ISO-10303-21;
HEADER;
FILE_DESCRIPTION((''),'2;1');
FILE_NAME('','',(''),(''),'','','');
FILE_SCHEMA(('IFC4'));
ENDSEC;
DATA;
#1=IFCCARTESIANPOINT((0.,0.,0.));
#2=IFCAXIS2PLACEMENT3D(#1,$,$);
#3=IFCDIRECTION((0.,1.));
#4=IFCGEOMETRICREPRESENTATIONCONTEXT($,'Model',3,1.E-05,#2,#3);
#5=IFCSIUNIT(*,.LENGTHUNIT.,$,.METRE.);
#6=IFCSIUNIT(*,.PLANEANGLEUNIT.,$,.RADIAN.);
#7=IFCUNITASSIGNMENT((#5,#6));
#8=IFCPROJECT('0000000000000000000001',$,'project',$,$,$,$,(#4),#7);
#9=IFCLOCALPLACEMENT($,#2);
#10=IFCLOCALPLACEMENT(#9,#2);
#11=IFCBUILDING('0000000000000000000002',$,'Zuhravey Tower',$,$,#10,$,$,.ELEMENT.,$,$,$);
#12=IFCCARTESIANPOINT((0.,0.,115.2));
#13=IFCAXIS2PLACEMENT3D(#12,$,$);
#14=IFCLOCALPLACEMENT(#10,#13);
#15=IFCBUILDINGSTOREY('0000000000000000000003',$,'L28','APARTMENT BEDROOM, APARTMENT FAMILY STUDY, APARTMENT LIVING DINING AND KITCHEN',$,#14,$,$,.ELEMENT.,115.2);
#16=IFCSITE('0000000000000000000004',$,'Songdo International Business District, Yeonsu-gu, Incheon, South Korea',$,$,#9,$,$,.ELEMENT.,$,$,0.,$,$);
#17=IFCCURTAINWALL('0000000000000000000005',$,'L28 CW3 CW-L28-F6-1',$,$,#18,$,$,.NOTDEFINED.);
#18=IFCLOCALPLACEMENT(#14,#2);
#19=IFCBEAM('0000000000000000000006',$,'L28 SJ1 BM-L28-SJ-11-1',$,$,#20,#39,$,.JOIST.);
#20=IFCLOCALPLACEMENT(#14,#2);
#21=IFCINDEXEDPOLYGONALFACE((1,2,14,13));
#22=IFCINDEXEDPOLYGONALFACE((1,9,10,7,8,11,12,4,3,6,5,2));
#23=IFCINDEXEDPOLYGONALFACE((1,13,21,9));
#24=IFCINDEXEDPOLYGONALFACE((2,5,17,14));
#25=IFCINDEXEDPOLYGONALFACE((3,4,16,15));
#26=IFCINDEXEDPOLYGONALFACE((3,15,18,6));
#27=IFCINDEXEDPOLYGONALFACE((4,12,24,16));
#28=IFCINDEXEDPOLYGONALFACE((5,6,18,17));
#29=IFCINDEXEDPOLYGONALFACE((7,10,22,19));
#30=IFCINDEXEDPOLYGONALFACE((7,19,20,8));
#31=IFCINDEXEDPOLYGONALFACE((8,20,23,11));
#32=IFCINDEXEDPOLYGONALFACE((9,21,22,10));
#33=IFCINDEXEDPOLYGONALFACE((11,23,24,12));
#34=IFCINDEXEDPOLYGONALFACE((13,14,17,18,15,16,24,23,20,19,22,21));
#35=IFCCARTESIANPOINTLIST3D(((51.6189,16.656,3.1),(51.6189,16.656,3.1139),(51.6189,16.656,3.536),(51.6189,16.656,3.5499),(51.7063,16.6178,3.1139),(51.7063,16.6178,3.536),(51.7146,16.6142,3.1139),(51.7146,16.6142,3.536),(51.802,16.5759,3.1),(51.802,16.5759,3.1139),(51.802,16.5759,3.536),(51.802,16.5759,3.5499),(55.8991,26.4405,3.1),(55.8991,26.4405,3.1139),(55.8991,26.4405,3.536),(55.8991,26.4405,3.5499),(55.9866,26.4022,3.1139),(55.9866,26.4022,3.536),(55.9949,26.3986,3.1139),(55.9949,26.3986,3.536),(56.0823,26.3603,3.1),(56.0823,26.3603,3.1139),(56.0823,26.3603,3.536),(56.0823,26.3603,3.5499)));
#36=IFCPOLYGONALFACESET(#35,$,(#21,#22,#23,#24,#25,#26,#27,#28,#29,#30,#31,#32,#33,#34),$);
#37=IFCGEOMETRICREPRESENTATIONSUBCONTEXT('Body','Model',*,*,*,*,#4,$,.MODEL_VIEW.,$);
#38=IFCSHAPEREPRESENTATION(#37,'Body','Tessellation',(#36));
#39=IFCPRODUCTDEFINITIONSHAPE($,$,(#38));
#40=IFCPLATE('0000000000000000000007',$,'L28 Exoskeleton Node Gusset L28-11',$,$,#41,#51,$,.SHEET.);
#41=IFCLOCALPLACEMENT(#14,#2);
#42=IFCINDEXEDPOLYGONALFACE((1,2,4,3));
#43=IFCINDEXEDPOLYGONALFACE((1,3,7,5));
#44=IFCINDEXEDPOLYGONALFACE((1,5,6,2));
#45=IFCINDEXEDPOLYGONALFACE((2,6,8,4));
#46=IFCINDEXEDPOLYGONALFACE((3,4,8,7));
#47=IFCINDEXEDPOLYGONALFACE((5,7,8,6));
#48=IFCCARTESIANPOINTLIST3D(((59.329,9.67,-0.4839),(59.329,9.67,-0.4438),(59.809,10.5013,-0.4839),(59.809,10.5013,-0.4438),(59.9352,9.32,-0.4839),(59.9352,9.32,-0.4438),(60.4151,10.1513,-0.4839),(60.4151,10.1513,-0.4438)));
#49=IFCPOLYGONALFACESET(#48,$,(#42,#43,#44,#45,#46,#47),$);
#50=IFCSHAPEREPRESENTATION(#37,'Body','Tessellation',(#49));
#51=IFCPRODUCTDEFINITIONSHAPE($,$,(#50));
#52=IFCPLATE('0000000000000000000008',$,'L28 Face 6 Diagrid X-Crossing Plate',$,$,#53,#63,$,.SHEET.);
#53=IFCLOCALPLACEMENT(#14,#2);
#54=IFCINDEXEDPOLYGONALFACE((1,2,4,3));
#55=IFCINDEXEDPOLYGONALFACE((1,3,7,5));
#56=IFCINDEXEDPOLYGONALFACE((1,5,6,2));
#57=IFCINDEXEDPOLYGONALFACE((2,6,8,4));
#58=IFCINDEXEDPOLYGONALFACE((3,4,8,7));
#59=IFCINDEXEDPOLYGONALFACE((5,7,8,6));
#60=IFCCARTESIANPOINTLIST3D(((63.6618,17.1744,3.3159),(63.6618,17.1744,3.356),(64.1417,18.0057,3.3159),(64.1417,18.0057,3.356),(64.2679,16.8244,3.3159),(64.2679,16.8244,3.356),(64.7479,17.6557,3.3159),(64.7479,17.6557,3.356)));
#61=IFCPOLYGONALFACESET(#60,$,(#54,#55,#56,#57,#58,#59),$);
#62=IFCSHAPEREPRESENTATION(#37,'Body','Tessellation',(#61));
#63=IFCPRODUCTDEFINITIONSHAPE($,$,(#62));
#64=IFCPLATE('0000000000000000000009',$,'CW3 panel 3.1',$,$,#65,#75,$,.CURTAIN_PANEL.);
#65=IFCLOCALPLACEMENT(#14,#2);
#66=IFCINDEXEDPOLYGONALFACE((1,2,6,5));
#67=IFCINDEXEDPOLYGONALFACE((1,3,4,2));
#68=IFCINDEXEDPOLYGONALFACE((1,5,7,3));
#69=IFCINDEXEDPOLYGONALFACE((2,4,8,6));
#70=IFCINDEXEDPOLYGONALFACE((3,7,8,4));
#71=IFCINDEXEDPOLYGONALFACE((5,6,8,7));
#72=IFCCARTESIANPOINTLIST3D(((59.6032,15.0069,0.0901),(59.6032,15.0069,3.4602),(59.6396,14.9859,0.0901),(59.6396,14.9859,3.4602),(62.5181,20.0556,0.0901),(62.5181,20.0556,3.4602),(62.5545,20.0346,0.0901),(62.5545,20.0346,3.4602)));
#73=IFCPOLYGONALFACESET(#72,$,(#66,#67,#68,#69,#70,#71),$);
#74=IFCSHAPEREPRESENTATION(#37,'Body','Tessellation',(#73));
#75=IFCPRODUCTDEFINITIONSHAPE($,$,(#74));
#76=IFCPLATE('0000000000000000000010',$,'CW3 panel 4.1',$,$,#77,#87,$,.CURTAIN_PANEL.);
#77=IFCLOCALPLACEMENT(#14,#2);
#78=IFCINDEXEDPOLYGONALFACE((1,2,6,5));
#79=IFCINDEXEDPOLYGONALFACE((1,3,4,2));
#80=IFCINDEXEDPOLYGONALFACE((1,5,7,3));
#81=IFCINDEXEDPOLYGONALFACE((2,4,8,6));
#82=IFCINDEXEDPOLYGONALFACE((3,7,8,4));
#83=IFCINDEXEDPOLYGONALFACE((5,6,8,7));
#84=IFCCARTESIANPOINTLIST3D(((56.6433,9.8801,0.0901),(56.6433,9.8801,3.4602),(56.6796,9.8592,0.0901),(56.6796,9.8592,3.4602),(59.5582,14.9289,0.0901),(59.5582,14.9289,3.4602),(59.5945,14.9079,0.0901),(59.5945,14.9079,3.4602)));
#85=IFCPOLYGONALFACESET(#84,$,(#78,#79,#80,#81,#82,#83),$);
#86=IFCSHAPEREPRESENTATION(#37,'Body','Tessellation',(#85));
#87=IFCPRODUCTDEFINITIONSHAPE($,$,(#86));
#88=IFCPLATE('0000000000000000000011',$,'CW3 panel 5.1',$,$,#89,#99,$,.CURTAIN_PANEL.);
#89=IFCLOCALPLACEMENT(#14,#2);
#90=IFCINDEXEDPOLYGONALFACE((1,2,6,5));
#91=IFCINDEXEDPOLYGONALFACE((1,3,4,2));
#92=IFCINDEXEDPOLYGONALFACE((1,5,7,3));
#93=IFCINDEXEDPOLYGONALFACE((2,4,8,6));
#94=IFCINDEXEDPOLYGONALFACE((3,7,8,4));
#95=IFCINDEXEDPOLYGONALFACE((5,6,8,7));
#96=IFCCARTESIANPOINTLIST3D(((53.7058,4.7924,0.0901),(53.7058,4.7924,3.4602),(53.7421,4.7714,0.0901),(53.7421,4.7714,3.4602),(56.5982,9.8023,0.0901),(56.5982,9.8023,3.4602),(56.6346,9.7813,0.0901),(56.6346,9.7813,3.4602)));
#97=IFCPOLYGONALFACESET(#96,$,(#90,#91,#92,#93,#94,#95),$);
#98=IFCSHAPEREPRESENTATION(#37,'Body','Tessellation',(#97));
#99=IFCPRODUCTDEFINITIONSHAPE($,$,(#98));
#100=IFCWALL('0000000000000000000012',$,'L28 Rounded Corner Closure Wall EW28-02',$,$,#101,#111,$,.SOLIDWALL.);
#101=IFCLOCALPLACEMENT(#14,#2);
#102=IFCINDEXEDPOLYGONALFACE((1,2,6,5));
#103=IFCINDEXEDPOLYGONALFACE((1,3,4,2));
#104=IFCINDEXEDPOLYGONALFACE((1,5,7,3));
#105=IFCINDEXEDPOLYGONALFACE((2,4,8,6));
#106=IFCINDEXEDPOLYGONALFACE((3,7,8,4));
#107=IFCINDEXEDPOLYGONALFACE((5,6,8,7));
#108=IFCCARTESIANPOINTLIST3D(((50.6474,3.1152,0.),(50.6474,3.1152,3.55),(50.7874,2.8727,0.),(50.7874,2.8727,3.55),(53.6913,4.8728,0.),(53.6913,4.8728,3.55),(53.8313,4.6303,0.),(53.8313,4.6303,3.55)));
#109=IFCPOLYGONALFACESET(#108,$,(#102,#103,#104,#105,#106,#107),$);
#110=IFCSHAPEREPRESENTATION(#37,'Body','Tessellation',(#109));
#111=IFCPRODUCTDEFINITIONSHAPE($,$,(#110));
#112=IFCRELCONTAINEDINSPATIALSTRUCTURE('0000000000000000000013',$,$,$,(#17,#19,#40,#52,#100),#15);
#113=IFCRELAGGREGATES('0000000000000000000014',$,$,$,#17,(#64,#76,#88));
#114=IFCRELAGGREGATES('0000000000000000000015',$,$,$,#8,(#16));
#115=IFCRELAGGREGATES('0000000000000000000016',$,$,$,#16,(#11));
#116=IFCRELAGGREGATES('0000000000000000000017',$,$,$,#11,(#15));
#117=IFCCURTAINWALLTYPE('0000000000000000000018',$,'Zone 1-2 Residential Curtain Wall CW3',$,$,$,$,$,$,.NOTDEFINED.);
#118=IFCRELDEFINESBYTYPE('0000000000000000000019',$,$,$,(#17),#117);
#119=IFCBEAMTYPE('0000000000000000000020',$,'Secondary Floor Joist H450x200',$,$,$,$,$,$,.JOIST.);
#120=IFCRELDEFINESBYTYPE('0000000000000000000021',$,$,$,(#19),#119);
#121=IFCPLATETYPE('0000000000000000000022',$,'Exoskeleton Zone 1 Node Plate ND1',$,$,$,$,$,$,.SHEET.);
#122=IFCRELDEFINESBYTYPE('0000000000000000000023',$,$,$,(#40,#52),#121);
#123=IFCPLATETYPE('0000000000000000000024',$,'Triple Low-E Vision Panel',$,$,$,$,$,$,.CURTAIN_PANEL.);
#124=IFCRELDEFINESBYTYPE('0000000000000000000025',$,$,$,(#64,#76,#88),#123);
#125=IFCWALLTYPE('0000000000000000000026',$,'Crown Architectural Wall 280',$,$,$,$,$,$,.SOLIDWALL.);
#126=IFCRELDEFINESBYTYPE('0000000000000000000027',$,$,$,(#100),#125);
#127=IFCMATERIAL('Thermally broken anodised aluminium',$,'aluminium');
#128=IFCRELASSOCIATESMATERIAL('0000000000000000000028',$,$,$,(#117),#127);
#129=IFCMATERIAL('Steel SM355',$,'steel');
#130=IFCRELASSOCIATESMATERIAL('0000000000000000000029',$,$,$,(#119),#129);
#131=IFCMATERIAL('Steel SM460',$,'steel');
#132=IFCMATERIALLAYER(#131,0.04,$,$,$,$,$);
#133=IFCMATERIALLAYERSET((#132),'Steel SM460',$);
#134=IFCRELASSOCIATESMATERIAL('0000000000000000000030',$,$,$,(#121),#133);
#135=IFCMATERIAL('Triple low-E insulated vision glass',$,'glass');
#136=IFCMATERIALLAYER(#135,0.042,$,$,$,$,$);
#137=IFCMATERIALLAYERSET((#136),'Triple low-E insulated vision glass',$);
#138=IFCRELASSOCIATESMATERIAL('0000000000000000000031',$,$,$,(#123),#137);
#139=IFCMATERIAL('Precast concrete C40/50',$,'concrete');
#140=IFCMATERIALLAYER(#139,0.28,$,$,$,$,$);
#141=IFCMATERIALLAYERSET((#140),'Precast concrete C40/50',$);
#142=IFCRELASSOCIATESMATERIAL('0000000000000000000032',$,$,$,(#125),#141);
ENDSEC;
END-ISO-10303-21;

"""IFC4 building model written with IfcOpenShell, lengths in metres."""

from ifc_helpers import new_model, si_unit, direction, frame, frame_2d, origin, origin_2d, place, context, subcontext, project, spatial, rectangle, i_section, extrude, material, layer, layer_set, material_profile, profile_set, type_object, element, aggregate, save


model = new_model("IFC4")

# Units and contexts
model_context = context("Model", 3, precision=1e-05, world=origin(), true_north=direction((0.0, 1.0)))
body_context = subcontext(model_context, "Body", "Model", "MODEL_VIEW")
ifc_project = project(units=[si_unit("LENGTHUNIT", "METRE"), si_unit("PLANEANGLEUNIT", "RADIAN")], contexts=[model_context])

# Site, building, storey
site_placement = place(None, origin())
site = spatial("IfcSite", under=ifc_project, at=site_placement, Name="Songdo International Business District, Yeonsu-gu, Incheon, South Korea", CompositionType="ELEMENT", RefElevation=0.0)
building_placement = place(site_placement, origin())
building = spatial("IfcBuilding", under=site, at=building_placement, Name="Zuhravey Tower", CompositionType="ELEMENT")
storey_placement = place(building_placement, frame((0.0, 0.0, 115.2)))
storey = spatial("IfcBuildingStorey", under=building, at=storey_placement, Name="L28", Description="APARTMENT BEDROOM, APARTMENT FAMILY STUDY, APARTMENT LIVING DINING AND KITCHEN", CompositionType="ELEMENT", Elevation=115.2)

# Curtain wall
ifc_material_1 = material(Name="Thermally broken anodised aluminium", Category="aluminium")
curtain_wall_type = type_object("IfcCurtainWallType", Name="Zone 1-2 Residential Curtain Wall CW3", PredefinedType="NOTDEFINED", material=ifc_material_1)
curtain_wall_1_placement = place(storey_placement, origin())
curtain_wall_1 = element("IfcCurtainWall", 1, at=curtain_wall_1_placement, inside=storey, type_object=curtain_wall_type, Name="L28 CW3 CW-L28-F6-1", PredefinedType="NOTDEFINED")

# Shared definitions
ifc_material_2 = material(Name="Steel SM355", Category="steel")
ifc_material_3 = material(Name="Steel SM460", Category="steel")

# Beam
ifc_material_profile_1 = material_profile(ifc_material_2, i_section(OverallWidth=0.2, OverallDepth=0.45, WebThickness=0.009, FlangeThickness=0.0139, at=origin_2d()), Name="H-450x200x9x14")
ifc_profile_set_1 = profile_set([ifc_material_profile_1], Name="Steel SM355")
beam_type_1 = type_object("IfcBeamType", Name="Secondary Floor Joist H450x200", PredefinedType="JOIST", material=ifc_profile_set_1)
beam_1_placement = place(storey_placement, frame((51.7104, 16.616, 3.325), z_axis=(0.400786, 0.916172, 0.0), x_axis=(-0.916172, 0.400786, 0.0)))
element("IfcBeam", 2, at=beam_1_placement, inside=storey, type_object=beam_type_1, Name="L28 SJ1 BM-L28-SJ-11-1", PredefinedType="JOIST", context=body_context, shape_type="SweptSolid", body=[
    extrude(i_section(OverallWidth=0.2, OverallDepth=0.45, WebThickness=0.009, FlangeThickness=0.0139, at=origin_2d()), origin(), (0.0, 0.0, 1.0), 10.6797),
])

# Plates
ifc_layer_1 = layer(ifc_material_3, 0.04)
ifc_layer_set_1 = layer_set([ifc_layer_1], Name="Steel SM460")
plate_type_1 = type_object("IfcPlateType", Name="Exoskeleton Zone 1 Node Plate ND1", PredefinedType="SHEET", material=ifc_layer_set_1)
for number, where, z_axis, x_axis, name in (
    (3, (59.8721, 9.9106, -0.4839), (0.0, 0.0, 1.0), (0.5, 0.866025, 0.0), "L28 Exoskeleton Node Gusset L28-11"),
    (4, (64.2048, 17.415, 3.3159), (0.0, 0.0, 1.0), (0.5, 0.866025, 0.0), "L28 Face 6 Diagrid X-Crossing Plate"),
):
    element("IfcPlate", number, at=place(storey_placement, frame(where, z_axis=z_axis, x_axis=x_axis)), inside=storey, type_object=plate_type_1, Name=name, PredefinedType="SHEET", context=body_context, shape_type="SweptSolid", body=[
        extrude(rectangle(XDim=0.96, YDim=0.7, at=origin_2d()), origin(), (0.0, 0.0, 1.0), 0.04),
    ])

# Plates
ifc_material_4 = material(Name="Triple low-E insulated vision glass", Category="glass")
ifc_layer_2 = layer(ifc_material_4, 0.042)
ifc_layer_set_2 = layer_set([ifc_layer_2], Name="Triple low-E insulated vision glass")
plate_type_2 = type_object("IfcPlateType", Name="Triple Low-E Vision Panel", PredefinedType="CURTAIN_PANEL", material=ifc_layer_set_2)
plate_1_placement = place(storey_placement, frame((61.0789, 17.5208, 0.0901), z_axis=(0.0, 0.0, 1.0), x_axis=(-0.5, -0.866026, 0.0)))
plate_1 = element("IfcPlate", 5, at=plate_1_placement, type_object=plate_type_2, Name="CW3 panel 3.1", PredefinedType="CURTAIN_PANEL", context=body_context, shape_type="SweptSolid", body=[
    extrude(rectangle(XDim=5.8298, YDim=0.042, at=origin_2d()), origin(), (0.0, 0.0, 1.0), 3.3701),
])
plate_2_placement = place(storey_placement, frame((58.1189, 12.394, 0.0901), z_axis=(0.0, 0.0, 1.0), x_axis=(-0.5, -0.866026, 0.0)))
plate_2 = element("IfcPlate", 6, at=plate_2_placement, type_object=plate_type_2, Name="CW3 panel 4.1", PredefinedType="CURTAIN_PANEL", context=body_context, shape_type="SweptSolid", body=[
    extrude(rectangle(XDim=5.8298, YDim=0.042, at=origin_2d()), origin(), (0.0, 0.0, 1.0), 3.3701),
])
plate_3_placement = place(storey_placement, frame((55.1702, 7.2869, 0.0901), z_axis=(0.0, 0.0, 1.0), x_axis=(-0.5, -0.866026, 0.0)))
plate_3 = element("IfcPlate", 7, at=plate_3_placement, type_object=plate_type_2, Name="CW3 panel 5.1", PredefinedType="CURTAIN_PANEL", context=body_context, shape_type="SweptSolid", body=[
    extrude(rectangle(XDim=5.7849, YDim=0.042, at=origin_2d()), origin(), (0.0, 0.0, 1.0), 3.3701),
])
aggregate(curtain_wall_1, [plate_1, plate_2, plate_3])

# Wall
ifc_material_5 = material(Name="Precast concrete C40/50", Category="concrete")
ifc_layer_3 = layer(ifc_material_5, 0.28)
ifc_layer_set_3 = layer_set([ifc_layer_3], Name="Precast concrete C40/50")
wall_type = type_object("IfcWallType", Name="Crown Architectural Wall 280", PredefinedType="SOLIDWALL", material=ifc_layer_set_3)
wall_placement = place(storey_placement, frame((53.7612, 4.7515, 0.0), z_axis=(0.0, 0.0, 1.0), x_axis=(-0.866007, -0.500031, 0.0)))
element("IfcWall", 8, at=wall_placement, inside=storey, type_object=wall_type, Name="L28 Rounded Corner Closure Wall EW28-02", PredefinedType="SOLIDWALL", context=body_context, shape_type="SweptSolid", body=[
    extrude(rectangle(XDim=3.5149, YDim=0.28, at=frame_2d((1.7573, 0.0))), origin(), (0.0, 0.0, 1.0), 3.55),
])

save(model, "model.ifc")
